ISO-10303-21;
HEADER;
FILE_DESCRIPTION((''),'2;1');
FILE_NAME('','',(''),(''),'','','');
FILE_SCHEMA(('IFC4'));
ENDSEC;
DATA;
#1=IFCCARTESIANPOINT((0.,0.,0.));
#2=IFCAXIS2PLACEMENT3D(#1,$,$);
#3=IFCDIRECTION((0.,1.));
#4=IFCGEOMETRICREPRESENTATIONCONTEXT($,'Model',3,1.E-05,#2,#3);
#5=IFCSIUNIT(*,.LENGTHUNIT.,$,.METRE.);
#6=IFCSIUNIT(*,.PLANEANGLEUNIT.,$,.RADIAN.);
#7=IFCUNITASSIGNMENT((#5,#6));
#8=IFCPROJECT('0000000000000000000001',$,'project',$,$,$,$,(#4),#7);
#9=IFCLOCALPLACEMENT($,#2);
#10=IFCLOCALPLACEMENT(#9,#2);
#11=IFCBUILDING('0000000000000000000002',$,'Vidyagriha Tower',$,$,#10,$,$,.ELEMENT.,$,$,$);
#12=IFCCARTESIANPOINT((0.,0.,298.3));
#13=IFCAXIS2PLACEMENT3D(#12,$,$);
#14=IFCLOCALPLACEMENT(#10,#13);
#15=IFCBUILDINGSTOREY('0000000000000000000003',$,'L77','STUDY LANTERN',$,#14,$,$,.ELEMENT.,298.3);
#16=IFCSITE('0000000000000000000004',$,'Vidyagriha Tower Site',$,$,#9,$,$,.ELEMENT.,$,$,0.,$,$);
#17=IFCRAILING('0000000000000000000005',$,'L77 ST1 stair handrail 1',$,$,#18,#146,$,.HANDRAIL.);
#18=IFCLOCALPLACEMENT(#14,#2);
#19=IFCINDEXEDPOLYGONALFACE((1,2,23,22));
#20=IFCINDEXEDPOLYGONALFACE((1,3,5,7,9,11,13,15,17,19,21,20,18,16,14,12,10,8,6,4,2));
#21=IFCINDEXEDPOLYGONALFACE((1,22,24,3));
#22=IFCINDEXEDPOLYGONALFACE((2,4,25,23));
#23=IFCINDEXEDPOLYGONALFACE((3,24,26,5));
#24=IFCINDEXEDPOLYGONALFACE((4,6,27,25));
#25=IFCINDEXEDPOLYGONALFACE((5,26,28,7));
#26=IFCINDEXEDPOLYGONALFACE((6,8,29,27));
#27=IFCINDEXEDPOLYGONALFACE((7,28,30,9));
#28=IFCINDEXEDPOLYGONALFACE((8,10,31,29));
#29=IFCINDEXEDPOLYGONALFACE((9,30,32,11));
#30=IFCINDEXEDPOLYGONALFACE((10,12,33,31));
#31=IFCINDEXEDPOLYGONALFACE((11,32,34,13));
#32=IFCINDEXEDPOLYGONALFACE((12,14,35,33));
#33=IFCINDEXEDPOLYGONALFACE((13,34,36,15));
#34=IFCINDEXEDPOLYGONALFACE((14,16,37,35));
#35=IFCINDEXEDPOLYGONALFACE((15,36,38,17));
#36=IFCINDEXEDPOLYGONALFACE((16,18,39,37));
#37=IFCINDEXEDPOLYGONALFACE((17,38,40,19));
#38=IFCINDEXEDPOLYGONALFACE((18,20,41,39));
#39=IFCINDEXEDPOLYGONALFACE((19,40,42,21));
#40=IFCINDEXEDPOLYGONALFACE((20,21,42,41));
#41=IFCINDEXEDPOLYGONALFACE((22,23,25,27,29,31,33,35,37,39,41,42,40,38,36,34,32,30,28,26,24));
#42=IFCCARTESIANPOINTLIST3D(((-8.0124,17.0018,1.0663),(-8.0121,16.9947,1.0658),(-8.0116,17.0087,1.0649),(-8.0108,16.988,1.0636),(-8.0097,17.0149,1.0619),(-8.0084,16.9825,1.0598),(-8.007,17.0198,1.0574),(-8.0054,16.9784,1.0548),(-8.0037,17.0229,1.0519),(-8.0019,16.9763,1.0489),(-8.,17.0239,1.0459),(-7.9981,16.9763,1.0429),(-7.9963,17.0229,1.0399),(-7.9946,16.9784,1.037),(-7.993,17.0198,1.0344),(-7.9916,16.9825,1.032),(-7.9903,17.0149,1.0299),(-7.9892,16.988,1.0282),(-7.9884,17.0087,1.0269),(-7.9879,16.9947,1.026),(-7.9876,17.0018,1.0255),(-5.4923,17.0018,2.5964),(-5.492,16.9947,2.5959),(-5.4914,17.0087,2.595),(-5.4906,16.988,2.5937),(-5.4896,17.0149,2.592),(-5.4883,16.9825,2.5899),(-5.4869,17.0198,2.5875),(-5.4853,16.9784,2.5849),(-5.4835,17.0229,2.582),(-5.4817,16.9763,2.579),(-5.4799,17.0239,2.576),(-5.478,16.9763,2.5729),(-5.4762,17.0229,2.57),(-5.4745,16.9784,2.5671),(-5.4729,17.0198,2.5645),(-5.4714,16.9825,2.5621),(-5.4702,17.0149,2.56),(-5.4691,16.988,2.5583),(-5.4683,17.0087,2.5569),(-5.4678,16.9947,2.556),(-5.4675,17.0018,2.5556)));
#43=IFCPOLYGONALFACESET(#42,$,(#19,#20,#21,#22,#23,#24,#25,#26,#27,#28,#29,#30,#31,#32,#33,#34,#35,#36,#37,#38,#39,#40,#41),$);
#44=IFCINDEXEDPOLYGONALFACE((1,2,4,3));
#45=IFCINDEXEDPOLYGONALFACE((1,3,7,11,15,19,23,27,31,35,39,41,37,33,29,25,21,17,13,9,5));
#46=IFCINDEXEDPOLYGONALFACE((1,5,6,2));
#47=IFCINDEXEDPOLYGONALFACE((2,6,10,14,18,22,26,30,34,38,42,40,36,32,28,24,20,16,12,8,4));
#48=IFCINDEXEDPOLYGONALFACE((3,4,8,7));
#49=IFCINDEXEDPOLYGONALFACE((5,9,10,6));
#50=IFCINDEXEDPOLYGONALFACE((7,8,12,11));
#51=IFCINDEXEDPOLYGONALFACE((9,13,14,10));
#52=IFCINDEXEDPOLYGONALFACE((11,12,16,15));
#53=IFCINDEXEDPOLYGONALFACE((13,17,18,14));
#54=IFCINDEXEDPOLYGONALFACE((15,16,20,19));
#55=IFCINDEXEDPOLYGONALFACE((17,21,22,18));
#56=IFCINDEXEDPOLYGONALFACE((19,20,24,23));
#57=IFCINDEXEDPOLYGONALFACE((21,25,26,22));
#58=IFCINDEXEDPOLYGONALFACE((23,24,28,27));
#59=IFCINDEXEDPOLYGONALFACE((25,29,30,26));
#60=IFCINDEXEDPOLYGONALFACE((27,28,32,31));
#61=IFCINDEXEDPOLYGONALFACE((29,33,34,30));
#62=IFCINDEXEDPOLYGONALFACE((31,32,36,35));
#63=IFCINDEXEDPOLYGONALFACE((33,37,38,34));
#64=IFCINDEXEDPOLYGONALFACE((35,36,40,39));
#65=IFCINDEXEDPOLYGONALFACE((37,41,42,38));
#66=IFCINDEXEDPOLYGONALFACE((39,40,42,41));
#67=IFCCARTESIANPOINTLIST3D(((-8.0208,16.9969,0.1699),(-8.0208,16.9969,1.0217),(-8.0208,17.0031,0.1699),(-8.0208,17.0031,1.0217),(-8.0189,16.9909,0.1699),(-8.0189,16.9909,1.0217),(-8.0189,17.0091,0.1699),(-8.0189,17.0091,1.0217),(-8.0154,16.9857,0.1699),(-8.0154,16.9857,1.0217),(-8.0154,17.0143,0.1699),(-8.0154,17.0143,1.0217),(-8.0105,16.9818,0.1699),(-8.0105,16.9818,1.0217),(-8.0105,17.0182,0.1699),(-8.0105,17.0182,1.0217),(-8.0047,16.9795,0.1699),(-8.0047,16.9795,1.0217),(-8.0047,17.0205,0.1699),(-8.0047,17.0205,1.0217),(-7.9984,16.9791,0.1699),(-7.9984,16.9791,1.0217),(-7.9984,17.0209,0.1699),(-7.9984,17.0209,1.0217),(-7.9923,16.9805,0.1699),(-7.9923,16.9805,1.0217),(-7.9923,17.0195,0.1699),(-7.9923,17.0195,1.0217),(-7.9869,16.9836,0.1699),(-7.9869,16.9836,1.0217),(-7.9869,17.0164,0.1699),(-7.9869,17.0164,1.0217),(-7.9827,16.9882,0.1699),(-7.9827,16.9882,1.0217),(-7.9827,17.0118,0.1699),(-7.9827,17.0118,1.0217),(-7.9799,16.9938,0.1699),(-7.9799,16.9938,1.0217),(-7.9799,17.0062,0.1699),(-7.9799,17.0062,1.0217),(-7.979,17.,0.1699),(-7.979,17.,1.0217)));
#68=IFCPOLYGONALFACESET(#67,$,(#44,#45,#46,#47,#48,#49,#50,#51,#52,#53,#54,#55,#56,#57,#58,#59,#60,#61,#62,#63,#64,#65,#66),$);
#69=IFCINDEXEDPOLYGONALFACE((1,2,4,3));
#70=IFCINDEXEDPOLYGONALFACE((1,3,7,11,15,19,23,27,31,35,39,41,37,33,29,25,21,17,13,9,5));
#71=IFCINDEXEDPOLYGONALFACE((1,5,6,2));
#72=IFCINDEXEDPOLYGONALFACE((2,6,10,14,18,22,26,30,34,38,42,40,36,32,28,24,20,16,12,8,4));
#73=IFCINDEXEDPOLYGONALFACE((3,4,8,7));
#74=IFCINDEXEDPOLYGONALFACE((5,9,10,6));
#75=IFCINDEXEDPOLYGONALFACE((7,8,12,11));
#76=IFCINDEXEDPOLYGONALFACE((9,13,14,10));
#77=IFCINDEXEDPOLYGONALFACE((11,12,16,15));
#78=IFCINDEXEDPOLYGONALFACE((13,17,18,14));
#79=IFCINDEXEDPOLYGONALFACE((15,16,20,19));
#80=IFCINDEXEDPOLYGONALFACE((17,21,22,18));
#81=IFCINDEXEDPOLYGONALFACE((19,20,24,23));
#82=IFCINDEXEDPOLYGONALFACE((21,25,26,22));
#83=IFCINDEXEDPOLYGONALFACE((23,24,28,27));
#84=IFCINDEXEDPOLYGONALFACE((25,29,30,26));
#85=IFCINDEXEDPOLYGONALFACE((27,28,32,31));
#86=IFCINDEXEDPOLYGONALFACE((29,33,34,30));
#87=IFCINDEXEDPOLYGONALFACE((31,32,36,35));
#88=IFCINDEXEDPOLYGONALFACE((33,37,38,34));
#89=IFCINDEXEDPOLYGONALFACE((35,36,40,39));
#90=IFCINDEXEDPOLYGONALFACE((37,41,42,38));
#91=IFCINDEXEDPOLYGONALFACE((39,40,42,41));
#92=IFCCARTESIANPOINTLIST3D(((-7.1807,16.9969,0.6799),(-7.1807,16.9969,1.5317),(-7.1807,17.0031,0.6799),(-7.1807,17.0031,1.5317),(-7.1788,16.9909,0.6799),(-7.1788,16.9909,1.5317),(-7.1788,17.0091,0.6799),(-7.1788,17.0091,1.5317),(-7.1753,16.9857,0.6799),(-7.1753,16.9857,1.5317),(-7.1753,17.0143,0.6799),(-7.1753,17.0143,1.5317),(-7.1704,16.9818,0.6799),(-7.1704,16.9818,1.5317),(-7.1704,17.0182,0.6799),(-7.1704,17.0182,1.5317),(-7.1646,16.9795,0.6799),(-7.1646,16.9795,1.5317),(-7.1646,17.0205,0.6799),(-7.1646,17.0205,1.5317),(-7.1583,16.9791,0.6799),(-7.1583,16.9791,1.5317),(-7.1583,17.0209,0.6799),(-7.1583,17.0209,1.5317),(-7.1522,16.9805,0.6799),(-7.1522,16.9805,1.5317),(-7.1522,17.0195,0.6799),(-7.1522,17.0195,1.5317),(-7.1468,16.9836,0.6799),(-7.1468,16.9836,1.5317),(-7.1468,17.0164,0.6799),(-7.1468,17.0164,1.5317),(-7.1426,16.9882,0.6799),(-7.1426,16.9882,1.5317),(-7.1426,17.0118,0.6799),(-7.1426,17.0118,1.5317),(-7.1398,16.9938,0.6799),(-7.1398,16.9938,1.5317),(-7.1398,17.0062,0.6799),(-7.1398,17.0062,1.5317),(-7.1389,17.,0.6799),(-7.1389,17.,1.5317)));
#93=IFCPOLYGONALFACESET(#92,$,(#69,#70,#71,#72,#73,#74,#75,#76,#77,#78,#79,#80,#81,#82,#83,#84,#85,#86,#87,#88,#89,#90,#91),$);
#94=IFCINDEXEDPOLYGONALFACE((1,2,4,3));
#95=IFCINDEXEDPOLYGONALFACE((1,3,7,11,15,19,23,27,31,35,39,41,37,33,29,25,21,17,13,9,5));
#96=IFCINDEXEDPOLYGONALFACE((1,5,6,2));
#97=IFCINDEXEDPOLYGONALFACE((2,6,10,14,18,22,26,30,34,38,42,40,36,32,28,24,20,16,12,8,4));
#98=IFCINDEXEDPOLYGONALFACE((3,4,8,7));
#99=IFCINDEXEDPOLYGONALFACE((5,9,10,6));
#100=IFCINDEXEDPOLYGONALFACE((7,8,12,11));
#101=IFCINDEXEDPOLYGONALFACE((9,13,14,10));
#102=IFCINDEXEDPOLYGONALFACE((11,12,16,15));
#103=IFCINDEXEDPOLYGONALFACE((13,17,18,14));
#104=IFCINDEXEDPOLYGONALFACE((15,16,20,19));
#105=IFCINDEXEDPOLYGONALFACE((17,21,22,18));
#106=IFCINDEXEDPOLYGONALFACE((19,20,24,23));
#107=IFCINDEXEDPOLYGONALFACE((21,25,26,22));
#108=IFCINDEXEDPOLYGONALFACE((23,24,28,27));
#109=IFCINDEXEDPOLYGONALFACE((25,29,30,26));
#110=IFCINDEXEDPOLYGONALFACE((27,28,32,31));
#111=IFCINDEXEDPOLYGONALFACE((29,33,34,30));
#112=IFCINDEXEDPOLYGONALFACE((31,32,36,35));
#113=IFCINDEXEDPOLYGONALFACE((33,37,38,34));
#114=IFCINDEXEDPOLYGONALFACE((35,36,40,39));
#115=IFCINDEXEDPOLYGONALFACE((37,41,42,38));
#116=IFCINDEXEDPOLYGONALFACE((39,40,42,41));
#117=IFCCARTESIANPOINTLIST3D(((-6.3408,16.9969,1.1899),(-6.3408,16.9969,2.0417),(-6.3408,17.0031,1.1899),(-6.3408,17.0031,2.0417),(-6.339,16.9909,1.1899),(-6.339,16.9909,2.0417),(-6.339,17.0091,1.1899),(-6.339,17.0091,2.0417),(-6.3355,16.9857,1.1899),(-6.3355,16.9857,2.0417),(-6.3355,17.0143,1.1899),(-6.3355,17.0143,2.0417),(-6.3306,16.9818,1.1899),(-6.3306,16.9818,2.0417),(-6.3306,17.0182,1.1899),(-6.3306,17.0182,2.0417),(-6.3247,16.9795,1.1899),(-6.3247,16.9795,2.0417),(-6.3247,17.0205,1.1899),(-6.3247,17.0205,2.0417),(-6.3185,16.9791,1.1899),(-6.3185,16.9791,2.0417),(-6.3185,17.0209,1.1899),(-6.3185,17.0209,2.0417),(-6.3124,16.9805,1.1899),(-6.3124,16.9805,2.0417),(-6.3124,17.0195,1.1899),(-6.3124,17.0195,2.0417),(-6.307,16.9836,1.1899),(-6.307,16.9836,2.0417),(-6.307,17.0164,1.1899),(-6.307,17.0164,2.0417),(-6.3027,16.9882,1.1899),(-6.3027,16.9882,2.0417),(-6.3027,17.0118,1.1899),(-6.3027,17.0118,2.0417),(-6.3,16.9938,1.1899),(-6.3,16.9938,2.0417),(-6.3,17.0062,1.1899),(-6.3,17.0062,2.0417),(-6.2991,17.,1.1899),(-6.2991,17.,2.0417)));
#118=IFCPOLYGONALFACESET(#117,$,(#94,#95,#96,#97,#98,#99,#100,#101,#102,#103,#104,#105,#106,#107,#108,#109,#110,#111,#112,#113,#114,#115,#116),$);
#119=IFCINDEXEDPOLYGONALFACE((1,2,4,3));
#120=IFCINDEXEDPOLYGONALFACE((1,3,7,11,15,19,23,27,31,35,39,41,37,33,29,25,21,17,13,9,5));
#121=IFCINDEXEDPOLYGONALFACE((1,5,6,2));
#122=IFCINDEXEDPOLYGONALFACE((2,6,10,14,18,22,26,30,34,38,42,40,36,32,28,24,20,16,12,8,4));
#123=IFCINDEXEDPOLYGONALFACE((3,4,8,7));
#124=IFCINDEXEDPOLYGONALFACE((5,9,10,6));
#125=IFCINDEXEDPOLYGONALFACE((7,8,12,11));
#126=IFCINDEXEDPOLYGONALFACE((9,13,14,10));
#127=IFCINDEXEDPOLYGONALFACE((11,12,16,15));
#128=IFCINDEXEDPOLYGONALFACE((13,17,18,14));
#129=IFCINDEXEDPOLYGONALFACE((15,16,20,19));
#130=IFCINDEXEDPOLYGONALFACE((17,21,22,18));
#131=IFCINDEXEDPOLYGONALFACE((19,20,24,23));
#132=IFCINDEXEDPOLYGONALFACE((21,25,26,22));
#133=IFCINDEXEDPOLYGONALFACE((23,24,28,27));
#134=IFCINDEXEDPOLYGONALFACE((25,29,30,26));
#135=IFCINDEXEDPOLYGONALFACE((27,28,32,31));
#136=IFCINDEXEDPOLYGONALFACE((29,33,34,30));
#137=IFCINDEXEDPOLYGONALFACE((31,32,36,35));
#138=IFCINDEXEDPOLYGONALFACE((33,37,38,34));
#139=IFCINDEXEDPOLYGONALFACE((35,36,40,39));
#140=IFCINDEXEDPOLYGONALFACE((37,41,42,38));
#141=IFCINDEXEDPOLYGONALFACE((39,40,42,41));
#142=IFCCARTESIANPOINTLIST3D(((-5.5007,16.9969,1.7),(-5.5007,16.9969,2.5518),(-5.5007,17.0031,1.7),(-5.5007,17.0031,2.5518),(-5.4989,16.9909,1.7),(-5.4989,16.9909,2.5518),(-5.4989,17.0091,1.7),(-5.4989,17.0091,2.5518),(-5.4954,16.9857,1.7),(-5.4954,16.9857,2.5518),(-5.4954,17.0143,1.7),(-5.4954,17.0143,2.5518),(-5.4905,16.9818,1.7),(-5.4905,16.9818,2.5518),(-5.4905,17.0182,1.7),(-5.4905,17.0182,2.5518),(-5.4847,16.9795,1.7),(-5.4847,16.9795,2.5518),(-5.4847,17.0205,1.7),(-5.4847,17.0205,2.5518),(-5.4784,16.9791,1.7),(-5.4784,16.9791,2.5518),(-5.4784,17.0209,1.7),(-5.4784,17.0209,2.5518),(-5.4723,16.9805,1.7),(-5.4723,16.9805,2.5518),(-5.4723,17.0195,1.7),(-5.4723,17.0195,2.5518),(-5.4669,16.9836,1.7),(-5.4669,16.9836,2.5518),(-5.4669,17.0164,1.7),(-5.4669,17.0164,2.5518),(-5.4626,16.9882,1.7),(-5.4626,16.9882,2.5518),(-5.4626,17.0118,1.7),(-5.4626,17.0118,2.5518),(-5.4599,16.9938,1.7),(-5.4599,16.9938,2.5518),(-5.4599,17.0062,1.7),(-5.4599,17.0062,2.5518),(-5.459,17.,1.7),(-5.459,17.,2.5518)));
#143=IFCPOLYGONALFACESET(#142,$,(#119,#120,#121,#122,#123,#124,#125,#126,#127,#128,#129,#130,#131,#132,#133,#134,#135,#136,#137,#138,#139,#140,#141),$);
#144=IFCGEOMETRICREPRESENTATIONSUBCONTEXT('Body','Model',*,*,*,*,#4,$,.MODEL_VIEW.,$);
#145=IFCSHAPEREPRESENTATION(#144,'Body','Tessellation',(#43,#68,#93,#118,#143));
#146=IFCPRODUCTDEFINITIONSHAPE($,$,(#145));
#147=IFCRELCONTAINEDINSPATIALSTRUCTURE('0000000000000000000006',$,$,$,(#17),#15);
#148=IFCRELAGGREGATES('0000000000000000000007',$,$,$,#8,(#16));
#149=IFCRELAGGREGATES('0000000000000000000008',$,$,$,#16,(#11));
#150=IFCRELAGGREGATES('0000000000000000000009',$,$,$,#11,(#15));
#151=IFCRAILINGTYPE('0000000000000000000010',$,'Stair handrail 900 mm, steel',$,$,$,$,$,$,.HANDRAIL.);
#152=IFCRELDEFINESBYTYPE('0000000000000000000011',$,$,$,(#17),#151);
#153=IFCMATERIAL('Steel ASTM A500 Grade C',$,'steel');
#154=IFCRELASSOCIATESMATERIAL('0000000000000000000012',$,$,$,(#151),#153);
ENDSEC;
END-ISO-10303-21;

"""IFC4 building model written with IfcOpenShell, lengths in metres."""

from ifc_helpers import new_model, si_unit, direction, frame, origin, origin_2d, place, context, subcontext, project, spatial, circle, extrude, material, type_object, element, save


model = new_model("IFC4")

# Units and contexts
model_context = context("Model", 3, precision=1e-05, world=origin(), true_north=direction((0.0, 1.0)))
body_context = subcontext(model_context, "Body", "Model", "MODEL_VIEW")
ifc_project = project(units=[si_unit("LENGTHUNIT", "METRE"), si_unit("PLANEANGLEUNIT", "RADIAN")], contexts=[model_context])

# Site, building, storey
site_placement = place(None, origin())
site = spatial("IfcSite", under=ifc_project, at=site_placement, Name="Vidyagriha Tower Site", CompositionType="ELEMENT", RefElevation=0.0)
building_placement = place(site_placement, origin())
building = spatial("IfcBuilding", under=site, at=building_placement, Name="Vidyagriha Tower", CompositionType="ELEMENT")
storey_placement = place(building_placement, frame((0.0, 0.0, 298.3)))
storey = spatial("IfcBuildingStorey", under=building, at=storey_placement, Name="L77", Description="STUDY LANTERN", CompositionType="ELEMENT", Elevation=298.3)

# Railing
ifc_material_1 = material(Name="Steel ASTM A500 Grade C", Category="steel")
railing_type_1 = type_object("IfcRailingType", Name="Stair handrail 900 mm, steel", PredefinedType="HANDRAIL", material=ifc_material_1)
railing_1_placement = place(storey_placement, frame((-8.0, 17.0, 0.1699)))
element("IfcRailing", 1, at=railing_1_placement, inside=storey, type_object=railing_type_1, Name="L77 ST1 stair handrail 1", PredefinedType="HANDRAIL", context=body_context, shape_type="SweptSolid", body=[
    extrude(circle(Radius=0.0239, at=origin_2d()), frame((0.0, 0.0, 0.876), z_axis=(0.854785, 0.0, 0.518982), x_axis=(0.0, 1.0, 0.0)), (0.0, 0.0, 1.0), 2.9482),
    extrude(circle(Radius=0.021, at=origin_2d()), origin(), (0.0, 0.0, 1.0), 0.8518),
    extrude(circle(Radius=0.021, at=origin_2d()), frame((0.8401, 0.0, 0.51)), (0.0, 0.0, 1.0), 0.8518),
    extrude(circle(Radius=0.021, at=origin_2d()), frame((1.6799, 0.0, 1.02)), (0.0, 0.0, 1.0), 0.8518),
    extrude(circle(Radius=0.021, at=origin_2d()), frame((2.52, 0.0, 1.53)), (0.0, 0.0, 1.0), 0.8518),
])

save(model, "model.ifc")
